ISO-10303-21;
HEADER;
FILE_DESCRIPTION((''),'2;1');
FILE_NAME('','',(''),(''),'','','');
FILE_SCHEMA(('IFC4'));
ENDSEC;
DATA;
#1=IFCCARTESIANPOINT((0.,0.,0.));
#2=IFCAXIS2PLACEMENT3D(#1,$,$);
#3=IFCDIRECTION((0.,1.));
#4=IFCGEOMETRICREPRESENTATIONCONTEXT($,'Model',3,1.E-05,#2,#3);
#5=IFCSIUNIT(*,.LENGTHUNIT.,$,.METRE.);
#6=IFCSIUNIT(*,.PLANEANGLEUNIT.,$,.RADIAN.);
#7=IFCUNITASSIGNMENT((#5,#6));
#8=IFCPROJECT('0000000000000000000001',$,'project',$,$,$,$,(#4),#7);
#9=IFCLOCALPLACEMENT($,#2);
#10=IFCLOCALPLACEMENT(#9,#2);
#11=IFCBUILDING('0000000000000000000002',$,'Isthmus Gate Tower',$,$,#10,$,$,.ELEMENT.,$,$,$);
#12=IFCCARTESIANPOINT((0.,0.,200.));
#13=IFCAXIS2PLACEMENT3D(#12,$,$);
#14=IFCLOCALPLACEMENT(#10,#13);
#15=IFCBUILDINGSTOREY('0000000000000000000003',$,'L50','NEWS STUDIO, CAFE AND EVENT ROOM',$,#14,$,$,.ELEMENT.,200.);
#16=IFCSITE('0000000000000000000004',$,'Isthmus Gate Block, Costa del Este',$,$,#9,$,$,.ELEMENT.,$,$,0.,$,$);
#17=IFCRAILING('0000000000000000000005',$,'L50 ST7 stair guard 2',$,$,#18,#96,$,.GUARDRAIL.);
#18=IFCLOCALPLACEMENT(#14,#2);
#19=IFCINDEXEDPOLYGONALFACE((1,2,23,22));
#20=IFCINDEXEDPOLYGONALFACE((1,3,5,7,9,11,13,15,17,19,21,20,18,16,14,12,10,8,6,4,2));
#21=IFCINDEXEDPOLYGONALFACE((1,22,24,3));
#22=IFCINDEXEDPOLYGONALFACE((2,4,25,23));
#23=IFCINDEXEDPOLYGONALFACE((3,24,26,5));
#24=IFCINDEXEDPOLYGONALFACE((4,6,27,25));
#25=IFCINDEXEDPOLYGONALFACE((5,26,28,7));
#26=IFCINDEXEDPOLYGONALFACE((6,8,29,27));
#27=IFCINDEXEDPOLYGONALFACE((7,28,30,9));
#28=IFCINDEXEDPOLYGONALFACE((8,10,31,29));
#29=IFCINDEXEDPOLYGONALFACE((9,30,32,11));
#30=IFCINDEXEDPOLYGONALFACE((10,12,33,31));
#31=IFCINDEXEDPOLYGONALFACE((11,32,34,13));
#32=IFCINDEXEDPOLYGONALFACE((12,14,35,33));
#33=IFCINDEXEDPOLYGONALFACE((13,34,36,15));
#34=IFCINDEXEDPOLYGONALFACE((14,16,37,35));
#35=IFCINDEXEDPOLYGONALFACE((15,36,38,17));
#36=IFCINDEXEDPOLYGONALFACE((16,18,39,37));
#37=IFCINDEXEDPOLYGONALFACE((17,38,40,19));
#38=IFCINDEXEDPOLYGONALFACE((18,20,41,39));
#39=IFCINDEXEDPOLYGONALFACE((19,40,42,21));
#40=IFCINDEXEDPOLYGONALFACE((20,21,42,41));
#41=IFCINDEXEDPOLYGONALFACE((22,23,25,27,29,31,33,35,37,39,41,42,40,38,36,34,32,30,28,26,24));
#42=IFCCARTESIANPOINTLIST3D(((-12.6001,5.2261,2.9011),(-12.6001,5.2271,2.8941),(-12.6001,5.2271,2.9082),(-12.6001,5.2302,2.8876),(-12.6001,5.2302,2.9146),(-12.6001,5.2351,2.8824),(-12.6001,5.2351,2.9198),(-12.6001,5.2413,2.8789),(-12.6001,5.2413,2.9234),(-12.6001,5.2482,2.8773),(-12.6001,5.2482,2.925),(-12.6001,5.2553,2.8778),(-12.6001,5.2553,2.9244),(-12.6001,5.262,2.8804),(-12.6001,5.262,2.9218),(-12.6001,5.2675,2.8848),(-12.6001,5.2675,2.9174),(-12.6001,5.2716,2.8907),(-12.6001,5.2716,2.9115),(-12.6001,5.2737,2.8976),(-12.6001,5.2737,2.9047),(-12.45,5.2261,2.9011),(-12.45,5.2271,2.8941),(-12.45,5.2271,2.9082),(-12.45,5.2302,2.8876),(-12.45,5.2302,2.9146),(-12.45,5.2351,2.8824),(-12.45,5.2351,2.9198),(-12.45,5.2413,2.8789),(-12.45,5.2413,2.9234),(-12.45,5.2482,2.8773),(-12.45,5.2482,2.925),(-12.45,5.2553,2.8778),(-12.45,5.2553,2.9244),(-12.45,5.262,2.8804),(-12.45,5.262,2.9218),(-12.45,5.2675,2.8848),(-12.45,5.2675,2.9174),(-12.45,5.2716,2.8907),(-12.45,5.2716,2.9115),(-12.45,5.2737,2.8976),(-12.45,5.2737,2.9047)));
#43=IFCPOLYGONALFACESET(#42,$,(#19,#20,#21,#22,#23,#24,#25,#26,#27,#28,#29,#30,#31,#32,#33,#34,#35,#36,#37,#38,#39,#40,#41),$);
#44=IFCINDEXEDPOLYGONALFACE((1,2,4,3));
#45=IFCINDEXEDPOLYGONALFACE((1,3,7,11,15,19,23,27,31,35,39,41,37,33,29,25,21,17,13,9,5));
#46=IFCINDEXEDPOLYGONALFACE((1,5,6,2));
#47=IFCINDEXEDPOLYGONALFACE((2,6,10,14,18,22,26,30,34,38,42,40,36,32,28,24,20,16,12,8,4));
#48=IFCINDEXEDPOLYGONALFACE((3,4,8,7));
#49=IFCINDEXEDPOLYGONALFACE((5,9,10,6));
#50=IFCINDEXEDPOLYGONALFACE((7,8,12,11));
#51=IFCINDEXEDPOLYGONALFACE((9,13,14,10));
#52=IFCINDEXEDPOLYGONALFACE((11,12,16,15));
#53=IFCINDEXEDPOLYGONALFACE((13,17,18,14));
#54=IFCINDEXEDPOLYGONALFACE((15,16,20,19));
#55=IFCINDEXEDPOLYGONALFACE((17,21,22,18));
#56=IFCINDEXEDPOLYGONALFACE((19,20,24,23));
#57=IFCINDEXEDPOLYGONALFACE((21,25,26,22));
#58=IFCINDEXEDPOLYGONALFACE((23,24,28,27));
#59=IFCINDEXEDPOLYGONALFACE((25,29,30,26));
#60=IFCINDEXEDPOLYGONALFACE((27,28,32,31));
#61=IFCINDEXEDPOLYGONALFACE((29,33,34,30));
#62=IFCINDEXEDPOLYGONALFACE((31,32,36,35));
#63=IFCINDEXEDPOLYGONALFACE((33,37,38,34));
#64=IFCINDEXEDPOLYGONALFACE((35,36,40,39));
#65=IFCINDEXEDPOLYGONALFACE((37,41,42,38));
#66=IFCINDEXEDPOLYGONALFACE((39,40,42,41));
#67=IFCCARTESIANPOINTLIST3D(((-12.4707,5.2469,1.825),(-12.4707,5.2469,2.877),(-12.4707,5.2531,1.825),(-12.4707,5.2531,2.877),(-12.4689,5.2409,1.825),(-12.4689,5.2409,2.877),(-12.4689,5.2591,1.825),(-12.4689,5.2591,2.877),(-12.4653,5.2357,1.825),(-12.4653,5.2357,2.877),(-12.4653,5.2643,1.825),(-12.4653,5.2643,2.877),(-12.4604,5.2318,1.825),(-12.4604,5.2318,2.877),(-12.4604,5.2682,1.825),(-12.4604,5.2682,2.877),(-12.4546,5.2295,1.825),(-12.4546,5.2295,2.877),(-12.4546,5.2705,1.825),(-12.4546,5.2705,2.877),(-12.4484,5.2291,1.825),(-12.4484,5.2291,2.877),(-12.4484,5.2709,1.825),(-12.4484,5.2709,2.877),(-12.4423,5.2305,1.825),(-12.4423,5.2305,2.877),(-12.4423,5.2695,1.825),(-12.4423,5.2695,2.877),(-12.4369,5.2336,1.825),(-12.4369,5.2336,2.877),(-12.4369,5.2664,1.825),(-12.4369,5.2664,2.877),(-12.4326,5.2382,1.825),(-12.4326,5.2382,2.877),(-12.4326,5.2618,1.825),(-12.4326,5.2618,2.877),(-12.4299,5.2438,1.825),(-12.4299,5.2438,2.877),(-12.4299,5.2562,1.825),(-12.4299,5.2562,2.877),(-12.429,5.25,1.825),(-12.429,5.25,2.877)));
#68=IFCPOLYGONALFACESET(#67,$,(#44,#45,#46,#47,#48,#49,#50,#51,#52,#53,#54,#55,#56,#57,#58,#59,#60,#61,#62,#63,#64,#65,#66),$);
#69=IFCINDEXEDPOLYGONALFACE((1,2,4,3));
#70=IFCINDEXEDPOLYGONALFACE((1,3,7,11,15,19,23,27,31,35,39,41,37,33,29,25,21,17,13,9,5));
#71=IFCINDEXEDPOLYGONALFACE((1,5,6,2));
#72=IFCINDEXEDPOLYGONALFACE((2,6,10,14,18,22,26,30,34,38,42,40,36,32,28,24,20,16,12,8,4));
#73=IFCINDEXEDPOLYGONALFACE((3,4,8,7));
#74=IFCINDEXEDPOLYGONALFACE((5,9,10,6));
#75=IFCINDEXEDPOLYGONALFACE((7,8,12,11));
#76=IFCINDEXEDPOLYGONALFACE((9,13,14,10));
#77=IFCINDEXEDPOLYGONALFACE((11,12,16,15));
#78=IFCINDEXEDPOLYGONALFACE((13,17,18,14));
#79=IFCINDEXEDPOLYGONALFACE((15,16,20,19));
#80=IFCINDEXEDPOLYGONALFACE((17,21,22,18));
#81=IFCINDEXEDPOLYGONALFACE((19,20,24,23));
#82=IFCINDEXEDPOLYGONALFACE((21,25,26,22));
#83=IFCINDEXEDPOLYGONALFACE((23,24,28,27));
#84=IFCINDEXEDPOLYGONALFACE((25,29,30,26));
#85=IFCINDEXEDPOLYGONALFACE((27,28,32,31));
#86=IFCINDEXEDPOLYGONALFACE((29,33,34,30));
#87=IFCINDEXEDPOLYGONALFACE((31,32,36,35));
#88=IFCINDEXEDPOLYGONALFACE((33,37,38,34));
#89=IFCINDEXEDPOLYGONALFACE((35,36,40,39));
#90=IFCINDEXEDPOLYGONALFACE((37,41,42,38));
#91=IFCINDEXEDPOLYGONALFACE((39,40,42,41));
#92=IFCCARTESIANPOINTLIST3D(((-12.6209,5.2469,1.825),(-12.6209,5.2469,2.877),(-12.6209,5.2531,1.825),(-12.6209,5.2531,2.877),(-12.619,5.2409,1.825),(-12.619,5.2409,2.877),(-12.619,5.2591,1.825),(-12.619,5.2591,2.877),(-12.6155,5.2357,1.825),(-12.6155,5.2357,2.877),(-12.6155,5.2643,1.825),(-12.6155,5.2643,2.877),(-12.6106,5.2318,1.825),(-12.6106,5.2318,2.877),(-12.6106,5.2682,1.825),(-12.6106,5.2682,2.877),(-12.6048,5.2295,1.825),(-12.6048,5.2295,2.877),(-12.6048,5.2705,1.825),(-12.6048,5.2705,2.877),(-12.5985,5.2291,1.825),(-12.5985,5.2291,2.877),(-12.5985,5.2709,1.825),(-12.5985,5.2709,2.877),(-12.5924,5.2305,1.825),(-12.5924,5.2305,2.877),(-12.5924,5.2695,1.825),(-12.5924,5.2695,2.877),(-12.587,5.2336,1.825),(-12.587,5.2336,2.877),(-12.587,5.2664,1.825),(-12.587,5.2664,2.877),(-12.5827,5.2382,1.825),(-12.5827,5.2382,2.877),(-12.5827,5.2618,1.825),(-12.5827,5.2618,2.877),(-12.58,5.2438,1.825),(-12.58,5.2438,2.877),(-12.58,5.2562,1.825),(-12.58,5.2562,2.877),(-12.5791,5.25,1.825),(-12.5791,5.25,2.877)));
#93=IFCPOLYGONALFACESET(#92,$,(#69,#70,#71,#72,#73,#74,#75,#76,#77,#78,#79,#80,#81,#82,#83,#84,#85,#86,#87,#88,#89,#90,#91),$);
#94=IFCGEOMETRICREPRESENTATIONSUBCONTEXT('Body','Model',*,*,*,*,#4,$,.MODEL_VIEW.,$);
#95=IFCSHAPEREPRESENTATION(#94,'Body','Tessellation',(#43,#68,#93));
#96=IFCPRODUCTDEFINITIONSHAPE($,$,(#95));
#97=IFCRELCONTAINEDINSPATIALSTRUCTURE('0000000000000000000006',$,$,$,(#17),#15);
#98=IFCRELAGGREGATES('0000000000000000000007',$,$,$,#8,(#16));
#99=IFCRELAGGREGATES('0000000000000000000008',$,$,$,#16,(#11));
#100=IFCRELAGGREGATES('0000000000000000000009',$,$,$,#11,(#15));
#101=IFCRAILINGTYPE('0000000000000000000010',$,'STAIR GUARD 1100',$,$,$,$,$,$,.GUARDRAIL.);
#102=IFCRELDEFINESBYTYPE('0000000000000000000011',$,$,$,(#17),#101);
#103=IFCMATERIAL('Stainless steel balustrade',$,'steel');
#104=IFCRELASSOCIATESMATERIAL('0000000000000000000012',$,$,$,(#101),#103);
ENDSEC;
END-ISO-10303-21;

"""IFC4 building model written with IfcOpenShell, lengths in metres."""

from ifc_helpers import new_model, si_unit, direction, frame, origin, origin_2d, place, context, subcontext, project, spatial, circle, extrude, material, type_object, element, save


model = new_model("IFC4")

# Units and contexts
model_context = context("Model", 3, precision=1e-05, world=origin(), true_north=direction((0.0, 1.0)))
body_context = subcontext(model_context, "Body", "Model", "MODEL_VIEW")
ifc_project = project(units=[si_unit("LENGTHUNIT", "METRE"), si_unit("PLANEANGLEUNIT", "RADIAN")], contexts=[model_context])

# Site, building, storey
site_placement = place(None, origin())
site = spatial("IfcSite", under=ifc_project, at=site_placement, Name="Isthmus Gate Block, Costa del Este", CompositionType="ELEMENT", RefElevation=0.0)
building_placement = place(site_placement, origin())
building = spatial("IfcBuilding", under=site, at=building_placement, Name="Isthmus Gate Tower", CompositionType="ELEMENT")
storey_placement = place(building_placement, frame((0.0, 0.0, 200.0)))
storey = spatial("IfcBuildingStorey", under=building, at=storey_placement, Name="L50", Description="NEWS STUDIO, CAFE AND EVENT ROOM", CompositionType="ELEMENT", Elevation=200.0)

# Railing
ifc_material_1 = material(Name="Stainless steel balustrade", Category="steel")
railing_type_1 = type_object("IfcRailingType", Name="STAIR GUARD 1100", PredefinedType="GUARDRAIL", material=ifc_material_1)
railing_1_placement = place(storey_placement, frame((-12.45, 5.25, 1.825)))
element("IfcRailing", 1, at=railing_1_placement, inside=storey, type_object=railing_type_1, Name="L50 ST7 stair guard 2", PredefinedType="GUARDRAIL", context=body_context, shape_type="SweptSolid", body=[
    extrude(circle(Radius=0.0239, at=origin_2d()), frame((0.0, 0.0, 1.0762), z_axis=(-1.0, 0.0, 0.0), x_axis=(0.0, -1.0, 0.0)), (0.0, 0.0, 1.0), 0.1501),
    extrude(circle(Radius=0.021, at=origin_2d()), origin(), (0.0, 0.0, 1.0), 1.052),
    extrude(circle(Radius=0.021, at=origin_2d()), frame((-0.1501, 0.0, 0.0)), (0.0, 0.0, 1.0), 1.052),
])

save(model, "model.ifc")
